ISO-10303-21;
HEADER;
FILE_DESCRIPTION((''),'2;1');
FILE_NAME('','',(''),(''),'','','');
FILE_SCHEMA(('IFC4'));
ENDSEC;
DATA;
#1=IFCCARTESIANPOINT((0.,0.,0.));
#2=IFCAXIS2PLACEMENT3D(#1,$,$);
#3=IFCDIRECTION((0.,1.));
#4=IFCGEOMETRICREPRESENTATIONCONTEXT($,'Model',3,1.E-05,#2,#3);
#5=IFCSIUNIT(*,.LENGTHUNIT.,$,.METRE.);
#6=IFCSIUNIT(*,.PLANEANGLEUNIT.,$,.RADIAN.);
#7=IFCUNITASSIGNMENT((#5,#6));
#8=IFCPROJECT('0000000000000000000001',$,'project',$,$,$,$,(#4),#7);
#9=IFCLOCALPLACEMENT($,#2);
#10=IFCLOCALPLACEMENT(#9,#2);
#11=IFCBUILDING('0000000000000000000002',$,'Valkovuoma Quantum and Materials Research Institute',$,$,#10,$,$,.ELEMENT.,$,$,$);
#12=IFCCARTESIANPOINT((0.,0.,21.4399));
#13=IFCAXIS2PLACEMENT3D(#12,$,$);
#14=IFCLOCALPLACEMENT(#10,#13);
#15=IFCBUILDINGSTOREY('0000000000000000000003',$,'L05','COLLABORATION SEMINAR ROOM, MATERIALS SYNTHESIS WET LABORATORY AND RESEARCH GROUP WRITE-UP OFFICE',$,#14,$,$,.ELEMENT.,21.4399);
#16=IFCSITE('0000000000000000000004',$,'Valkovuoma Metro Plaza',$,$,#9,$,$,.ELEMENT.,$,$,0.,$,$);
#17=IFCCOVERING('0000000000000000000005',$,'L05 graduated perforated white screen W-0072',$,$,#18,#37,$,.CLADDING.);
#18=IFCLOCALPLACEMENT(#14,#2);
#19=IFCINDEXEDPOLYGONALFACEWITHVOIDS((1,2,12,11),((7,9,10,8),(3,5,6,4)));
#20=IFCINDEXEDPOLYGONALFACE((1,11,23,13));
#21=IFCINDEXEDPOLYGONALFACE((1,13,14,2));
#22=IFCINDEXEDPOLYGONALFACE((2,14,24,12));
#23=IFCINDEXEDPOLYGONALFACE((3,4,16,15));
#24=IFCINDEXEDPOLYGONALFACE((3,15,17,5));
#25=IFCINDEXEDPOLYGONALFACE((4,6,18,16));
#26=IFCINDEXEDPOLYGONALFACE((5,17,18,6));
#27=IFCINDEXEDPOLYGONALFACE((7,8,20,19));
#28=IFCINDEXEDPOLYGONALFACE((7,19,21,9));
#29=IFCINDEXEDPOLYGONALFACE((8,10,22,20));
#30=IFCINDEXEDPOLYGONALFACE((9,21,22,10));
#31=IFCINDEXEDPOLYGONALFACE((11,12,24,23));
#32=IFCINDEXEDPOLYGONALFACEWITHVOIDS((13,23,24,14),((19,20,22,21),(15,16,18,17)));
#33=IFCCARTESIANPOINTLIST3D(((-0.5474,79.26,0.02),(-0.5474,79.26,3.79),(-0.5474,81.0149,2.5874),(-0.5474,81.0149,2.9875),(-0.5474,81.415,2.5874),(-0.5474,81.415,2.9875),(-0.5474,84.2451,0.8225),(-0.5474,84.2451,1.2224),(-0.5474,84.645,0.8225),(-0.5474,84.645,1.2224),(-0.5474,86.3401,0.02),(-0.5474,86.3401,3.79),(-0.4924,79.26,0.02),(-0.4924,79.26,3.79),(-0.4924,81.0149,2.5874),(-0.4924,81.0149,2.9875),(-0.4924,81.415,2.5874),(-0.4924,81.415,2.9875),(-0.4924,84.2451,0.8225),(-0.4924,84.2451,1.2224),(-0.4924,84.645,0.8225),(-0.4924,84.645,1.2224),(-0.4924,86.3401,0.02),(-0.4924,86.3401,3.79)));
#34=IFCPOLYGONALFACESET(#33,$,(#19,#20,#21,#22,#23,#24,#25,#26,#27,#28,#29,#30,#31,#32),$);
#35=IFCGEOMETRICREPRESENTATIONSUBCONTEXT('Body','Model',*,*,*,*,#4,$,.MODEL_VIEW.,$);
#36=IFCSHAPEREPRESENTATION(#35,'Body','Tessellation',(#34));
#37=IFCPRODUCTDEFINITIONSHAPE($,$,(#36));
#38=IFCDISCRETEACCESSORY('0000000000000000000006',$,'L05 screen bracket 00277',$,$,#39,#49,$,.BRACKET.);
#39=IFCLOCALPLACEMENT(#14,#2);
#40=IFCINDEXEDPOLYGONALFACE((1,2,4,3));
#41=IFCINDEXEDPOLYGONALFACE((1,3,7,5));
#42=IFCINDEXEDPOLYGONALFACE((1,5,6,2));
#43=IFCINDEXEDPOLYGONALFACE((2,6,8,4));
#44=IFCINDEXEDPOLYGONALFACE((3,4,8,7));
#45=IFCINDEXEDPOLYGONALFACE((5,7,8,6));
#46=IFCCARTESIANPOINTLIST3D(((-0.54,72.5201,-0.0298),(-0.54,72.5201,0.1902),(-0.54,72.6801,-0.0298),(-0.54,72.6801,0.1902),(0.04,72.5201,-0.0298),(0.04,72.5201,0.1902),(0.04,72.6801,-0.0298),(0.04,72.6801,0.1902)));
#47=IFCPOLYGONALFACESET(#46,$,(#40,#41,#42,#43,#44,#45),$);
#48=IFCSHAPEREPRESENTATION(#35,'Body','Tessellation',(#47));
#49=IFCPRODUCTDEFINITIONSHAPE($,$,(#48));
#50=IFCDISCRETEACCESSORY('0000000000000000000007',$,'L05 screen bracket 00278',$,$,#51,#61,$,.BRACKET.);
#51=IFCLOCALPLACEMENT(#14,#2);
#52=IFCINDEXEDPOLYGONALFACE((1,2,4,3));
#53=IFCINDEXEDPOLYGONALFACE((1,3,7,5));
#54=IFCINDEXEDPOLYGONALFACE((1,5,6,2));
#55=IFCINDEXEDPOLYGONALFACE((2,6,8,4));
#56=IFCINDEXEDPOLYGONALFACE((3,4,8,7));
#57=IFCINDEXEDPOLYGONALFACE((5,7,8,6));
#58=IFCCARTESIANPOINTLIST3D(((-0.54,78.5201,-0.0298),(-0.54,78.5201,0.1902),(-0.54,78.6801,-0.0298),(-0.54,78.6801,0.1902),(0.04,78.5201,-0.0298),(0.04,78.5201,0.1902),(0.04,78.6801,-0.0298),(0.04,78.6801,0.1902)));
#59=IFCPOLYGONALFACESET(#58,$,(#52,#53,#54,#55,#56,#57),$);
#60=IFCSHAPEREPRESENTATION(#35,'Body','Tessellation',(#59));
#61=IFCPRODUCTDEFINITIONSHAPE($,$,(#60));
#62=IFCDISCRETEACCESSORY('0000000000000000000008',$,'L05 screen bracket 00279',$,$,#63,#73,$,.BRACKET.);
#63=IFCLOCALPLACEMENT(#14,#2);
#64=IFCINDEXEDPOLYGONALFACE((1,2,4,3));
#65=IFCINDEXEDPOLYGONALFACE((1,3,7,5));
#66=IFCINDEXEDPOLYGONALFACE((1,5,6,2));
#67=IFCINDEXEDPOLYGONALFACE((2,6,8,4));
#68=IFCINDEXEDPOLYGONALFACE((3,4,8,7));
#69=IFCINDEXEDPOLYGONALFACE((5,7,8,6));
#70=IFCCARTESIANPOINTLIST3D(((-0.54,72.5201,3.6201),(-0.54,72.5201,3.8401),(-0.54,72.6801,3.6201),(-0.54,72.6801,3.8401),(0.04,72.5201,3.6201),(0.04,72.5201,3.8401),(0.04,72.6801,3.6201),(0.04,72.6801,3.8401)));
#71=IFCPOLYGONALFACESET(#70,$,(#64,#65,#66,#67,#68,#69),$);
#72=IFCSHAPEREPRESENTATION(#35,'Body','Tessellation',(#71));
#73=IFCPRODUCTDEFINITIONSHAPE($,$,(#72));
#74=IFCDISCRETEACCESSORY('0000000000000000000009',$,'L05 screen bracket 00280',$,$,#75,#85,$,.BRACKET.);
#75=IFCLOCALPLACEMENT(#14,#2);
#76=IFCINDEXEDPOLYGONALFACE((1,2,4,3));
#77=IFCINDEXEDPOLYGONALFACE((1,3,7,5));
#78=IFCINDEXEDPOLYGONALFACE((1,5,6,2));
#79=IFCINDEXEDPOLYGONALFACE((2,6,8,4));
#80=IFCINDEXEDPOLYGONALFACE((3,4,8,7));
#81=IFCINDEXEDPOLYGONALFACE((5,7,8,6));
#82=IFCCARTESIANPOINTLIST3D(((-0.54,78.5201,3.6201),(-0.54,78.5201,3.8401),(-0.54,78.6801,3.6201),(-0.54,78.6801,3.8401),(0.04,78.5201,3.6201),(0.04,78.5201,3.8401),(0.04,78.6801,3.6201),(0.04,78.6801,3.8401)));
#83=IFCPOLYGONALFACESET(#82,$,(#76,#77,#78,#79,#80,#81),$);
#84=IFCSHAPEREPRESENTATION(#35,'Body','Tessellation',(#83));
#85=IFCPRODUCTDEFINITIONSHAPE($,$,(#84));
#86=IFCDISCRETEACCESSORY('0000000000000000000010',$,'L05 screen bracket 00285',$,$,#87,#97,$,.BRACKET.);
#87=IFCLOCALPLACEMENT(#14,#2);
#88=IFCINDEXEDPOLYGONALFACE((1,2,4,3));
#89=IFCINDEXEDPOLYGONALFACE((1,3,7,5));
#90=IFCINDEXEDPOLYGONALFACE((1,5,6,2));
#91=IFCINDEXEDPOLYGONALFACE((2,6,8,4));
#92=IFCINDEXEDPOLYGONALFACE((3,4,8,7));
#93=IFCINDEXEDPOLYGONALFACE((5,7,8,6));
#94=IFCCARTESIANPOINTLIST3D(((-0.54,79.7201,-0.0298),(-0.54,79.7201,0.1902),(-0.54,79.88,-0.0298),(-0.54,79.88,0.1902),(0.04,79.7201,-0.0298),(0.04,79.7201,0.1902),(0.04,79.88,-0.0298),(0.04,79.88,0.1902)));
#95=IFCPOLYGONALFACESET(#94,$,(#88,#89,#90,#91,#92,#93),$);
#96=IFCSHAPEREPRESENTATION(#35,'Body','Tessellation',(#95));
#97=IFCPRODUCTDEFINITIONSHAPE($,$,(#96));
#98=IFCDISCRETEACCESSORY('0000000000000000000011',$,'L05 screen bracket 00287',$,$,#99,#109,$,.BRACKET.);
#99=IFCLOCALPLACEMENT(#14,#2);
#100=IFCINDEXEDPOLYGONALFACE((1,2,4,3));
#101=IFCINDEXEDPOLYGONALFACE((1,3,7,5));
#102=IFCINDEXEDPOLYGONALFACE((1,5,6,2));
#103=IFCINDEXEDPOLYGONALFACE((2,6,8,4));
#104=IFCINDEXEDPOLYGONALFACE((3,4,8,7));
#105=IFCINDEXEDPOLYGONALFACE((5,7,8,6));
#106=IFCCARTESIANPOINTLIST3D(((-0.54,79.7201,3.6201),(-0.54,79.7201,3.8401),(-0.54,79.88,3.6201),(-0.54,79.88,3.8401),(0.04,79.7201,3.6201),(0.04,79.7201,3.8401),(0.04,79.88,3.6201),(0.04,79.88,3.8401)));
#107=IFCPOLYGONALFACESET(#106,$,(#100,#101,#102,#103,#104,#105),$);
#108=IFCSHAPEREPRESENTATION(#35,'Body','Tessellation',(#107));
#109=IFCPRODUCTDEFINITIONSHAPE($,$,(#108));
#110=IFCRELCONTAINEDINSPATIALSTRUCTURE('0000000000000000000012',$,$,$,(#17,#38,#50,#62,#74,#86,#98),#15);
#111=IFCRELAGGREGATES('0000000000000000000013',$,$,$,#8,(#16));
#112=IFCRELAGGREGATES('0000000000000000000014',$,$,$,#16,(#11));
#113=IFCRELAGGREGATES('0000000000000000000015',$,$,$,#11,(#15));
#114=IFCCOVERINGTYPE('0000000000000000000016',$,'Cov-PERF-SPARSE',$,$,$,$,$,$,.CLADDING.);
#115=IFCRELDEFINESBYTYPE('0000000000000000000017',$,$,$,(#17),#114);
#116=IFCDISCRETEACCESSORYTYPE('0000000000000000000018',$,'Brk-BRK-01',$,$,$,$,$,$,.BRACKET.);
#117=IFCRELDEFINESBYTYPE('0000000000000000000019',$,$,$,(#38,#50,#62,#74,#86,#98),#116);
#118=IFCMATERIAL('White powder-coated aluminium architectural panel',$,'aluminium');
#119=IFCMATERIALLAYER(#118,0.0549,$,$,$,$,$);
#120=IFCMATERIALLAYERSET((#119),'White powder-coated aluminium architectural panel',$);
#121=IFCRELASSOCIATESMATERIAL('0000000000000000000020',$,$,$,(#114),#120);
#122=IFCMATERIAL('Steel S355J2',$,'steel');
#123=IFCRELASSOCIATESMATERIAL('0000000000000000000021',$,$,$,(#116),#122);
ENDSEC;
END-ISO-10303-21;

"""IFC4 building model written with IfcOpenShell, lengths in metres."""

from ifc_helpers import new_model, si_unit, direction, frame, origin, origin_2d, place, context, subcontext, project, spatial, polyline, rectangle, outline, extrude, material, layer, layer_set, type_object, element, save


model = new_model("IFC4")

# Units and contexts
model_context = context("Model", 3, precision=1e-05, world=origin(), true_north=direction((0.0, 1.0)))
body_context = subcontext(model_context, "Body", "Model", "MODEL_VIEW")
ifc_project = project(units=[si_unit("LENGTHUNIT", "METRE"), si_unit("PLANEANGLEUNIT", "RADIAN")], contexts=[model_context])

# Site, building, storey
site_placement = place(None, origin())
site = spatial("IfcSite", under=ifc_project, at=site_placement, Name="Valkovuoma Metro Plaza", CompositionType="ELEMENT", RefElevation=0.0)
building_placement = place(site_placement, origin())
building = spatial("IfcBuilding", under=site, at=building_placement, Name="Valkovuoma Quantum and Materials Research Institute", CompositionType="ELEMENT")
storey_placement = place(building_placement, frame((0.0, 0.0, 21.4399)))
storey = spatial("IfcBuildingStorey", under=building, at=storey_placement, Name="L05", Description="COLLABORATION SEMINAR ROOM, MATERIALS SYNTHESIS WET LABORATORY AND RESEARCH GROUP WRITE-UP OFFICE", CompositionType="ELEMENT", Elevation=21.4399)

# Covering
ifc_material_1 = material(Name="White powder-coated aluminium architectural panel", Category="aluminium")
ifc_layer_1 = layer(ifc_material_1, 0.0549)
ifc_layer_set_1 = layer_set([ifc_layer_1], Name="White powder-coated aluminium architectural panel")
covering_type = type_object("IfcCoveringType", Name="Cov-PERF-SPARSE", PredefinedType="CLADDING", material=ifc_layer_set_1)
covering_placement = place(storey_placement, frame((-0.52, 79.26, 0.02), z_axis=(0.0, 0.0, 1.0), x_axis=(0.0, 1.0, 0.0)))
element("IfcCovering", 1, at=covering_placement, inside=storey, type_object=covering_type, Name="L05 graduated perforated white screen W-0072", PredefinedType="CLADDING", context=body_context, shape_type="SweptSolid", body=[
    extrude(outline(polyline([(0.0, 0.0), (7.0801, 0.0), (7.0801, 3.77), (0.0, 3.77), (0.0, 0.0)]), holes=[polyline([(1.7549, 2.5674), (1.7549, 2.9675), (2.155, 2.9675), (2.155, 2.5674), (1.7549, 2.5674)]), polyline([(4.9851, 0.8025), (4.9851, 1.2024), (5.385, 1.2024), (5.385, 0.8025), (4.9851, 0.8025)])]), frame((0.0, 0.0273, 0.0), z_axis=(0.0, -1.0, 0.0), x_axis=(1.0, 0.0, 0.0)), (0.0, 0.0, 1.0), 0.0549),
])

# Discrete accessories
ifc_material_2 = material(Name="Steel S355J2", Category="steel")
discrete_accessory_type = type_object("IfcDiscreteAccessoryType", Name="Brk-BRK-01", PredefinedType="BRACKET", material=ifc_material_2)
for number, where, z_axis, x_axis, name in (
    (2, (-0.25, 72.6001, -0.0298), (0.0, 0.0, 1.0), (1.0, 0.0, 0.0), "L05 screen bracket 00277"),
    (3, (-0.25, 78.6001, -0.0298), (0.0, 0.0, 1.0), (1.0, 0.0, 0.0), "L05 screen bracket 00278"),
    (4, (-0.25, 72.6001, 3.6201), (0.0, 0.0, 1.0), (1.0, 0.0, 0.0), "L05 screen bracket 00279"),
    (5, (-0.25, 78.6001, 3.6201), (0.0, 0.0, 1.0), (1.0, 0.0, 0.0), "L05 screen bracket 00280"),
    (6, (-0.25, 79.8, -0.0298), (0.0, 0.0, 1.0), (1.0, 0.0, 0.0), "L05 screen bracket 00285"),
    (7, (-0.25, 79.8, 3.6201), (0.0, 0.0, 1.0), (1.0, 0.0, 0.0), "L05 screen bracket 00287"),
):
    element("IfcDiscreteAccessory", number, at=place(storey_placement, frame(where, z_axis=z_axis, x_axis=x_axis)), inside=storey, type_object=discrete_accessory_type, Name=name, PredefinedType="BRACKET", context=body_context, shape_type="SweptSolid", body=[
        extrude(rectangle(XDim=0.5801, YDim=0.1599, at=origin_2d()), origin(), (0.0, 0.0, 1.0), 0.22),
    ])

save(model, "model.ifc")
